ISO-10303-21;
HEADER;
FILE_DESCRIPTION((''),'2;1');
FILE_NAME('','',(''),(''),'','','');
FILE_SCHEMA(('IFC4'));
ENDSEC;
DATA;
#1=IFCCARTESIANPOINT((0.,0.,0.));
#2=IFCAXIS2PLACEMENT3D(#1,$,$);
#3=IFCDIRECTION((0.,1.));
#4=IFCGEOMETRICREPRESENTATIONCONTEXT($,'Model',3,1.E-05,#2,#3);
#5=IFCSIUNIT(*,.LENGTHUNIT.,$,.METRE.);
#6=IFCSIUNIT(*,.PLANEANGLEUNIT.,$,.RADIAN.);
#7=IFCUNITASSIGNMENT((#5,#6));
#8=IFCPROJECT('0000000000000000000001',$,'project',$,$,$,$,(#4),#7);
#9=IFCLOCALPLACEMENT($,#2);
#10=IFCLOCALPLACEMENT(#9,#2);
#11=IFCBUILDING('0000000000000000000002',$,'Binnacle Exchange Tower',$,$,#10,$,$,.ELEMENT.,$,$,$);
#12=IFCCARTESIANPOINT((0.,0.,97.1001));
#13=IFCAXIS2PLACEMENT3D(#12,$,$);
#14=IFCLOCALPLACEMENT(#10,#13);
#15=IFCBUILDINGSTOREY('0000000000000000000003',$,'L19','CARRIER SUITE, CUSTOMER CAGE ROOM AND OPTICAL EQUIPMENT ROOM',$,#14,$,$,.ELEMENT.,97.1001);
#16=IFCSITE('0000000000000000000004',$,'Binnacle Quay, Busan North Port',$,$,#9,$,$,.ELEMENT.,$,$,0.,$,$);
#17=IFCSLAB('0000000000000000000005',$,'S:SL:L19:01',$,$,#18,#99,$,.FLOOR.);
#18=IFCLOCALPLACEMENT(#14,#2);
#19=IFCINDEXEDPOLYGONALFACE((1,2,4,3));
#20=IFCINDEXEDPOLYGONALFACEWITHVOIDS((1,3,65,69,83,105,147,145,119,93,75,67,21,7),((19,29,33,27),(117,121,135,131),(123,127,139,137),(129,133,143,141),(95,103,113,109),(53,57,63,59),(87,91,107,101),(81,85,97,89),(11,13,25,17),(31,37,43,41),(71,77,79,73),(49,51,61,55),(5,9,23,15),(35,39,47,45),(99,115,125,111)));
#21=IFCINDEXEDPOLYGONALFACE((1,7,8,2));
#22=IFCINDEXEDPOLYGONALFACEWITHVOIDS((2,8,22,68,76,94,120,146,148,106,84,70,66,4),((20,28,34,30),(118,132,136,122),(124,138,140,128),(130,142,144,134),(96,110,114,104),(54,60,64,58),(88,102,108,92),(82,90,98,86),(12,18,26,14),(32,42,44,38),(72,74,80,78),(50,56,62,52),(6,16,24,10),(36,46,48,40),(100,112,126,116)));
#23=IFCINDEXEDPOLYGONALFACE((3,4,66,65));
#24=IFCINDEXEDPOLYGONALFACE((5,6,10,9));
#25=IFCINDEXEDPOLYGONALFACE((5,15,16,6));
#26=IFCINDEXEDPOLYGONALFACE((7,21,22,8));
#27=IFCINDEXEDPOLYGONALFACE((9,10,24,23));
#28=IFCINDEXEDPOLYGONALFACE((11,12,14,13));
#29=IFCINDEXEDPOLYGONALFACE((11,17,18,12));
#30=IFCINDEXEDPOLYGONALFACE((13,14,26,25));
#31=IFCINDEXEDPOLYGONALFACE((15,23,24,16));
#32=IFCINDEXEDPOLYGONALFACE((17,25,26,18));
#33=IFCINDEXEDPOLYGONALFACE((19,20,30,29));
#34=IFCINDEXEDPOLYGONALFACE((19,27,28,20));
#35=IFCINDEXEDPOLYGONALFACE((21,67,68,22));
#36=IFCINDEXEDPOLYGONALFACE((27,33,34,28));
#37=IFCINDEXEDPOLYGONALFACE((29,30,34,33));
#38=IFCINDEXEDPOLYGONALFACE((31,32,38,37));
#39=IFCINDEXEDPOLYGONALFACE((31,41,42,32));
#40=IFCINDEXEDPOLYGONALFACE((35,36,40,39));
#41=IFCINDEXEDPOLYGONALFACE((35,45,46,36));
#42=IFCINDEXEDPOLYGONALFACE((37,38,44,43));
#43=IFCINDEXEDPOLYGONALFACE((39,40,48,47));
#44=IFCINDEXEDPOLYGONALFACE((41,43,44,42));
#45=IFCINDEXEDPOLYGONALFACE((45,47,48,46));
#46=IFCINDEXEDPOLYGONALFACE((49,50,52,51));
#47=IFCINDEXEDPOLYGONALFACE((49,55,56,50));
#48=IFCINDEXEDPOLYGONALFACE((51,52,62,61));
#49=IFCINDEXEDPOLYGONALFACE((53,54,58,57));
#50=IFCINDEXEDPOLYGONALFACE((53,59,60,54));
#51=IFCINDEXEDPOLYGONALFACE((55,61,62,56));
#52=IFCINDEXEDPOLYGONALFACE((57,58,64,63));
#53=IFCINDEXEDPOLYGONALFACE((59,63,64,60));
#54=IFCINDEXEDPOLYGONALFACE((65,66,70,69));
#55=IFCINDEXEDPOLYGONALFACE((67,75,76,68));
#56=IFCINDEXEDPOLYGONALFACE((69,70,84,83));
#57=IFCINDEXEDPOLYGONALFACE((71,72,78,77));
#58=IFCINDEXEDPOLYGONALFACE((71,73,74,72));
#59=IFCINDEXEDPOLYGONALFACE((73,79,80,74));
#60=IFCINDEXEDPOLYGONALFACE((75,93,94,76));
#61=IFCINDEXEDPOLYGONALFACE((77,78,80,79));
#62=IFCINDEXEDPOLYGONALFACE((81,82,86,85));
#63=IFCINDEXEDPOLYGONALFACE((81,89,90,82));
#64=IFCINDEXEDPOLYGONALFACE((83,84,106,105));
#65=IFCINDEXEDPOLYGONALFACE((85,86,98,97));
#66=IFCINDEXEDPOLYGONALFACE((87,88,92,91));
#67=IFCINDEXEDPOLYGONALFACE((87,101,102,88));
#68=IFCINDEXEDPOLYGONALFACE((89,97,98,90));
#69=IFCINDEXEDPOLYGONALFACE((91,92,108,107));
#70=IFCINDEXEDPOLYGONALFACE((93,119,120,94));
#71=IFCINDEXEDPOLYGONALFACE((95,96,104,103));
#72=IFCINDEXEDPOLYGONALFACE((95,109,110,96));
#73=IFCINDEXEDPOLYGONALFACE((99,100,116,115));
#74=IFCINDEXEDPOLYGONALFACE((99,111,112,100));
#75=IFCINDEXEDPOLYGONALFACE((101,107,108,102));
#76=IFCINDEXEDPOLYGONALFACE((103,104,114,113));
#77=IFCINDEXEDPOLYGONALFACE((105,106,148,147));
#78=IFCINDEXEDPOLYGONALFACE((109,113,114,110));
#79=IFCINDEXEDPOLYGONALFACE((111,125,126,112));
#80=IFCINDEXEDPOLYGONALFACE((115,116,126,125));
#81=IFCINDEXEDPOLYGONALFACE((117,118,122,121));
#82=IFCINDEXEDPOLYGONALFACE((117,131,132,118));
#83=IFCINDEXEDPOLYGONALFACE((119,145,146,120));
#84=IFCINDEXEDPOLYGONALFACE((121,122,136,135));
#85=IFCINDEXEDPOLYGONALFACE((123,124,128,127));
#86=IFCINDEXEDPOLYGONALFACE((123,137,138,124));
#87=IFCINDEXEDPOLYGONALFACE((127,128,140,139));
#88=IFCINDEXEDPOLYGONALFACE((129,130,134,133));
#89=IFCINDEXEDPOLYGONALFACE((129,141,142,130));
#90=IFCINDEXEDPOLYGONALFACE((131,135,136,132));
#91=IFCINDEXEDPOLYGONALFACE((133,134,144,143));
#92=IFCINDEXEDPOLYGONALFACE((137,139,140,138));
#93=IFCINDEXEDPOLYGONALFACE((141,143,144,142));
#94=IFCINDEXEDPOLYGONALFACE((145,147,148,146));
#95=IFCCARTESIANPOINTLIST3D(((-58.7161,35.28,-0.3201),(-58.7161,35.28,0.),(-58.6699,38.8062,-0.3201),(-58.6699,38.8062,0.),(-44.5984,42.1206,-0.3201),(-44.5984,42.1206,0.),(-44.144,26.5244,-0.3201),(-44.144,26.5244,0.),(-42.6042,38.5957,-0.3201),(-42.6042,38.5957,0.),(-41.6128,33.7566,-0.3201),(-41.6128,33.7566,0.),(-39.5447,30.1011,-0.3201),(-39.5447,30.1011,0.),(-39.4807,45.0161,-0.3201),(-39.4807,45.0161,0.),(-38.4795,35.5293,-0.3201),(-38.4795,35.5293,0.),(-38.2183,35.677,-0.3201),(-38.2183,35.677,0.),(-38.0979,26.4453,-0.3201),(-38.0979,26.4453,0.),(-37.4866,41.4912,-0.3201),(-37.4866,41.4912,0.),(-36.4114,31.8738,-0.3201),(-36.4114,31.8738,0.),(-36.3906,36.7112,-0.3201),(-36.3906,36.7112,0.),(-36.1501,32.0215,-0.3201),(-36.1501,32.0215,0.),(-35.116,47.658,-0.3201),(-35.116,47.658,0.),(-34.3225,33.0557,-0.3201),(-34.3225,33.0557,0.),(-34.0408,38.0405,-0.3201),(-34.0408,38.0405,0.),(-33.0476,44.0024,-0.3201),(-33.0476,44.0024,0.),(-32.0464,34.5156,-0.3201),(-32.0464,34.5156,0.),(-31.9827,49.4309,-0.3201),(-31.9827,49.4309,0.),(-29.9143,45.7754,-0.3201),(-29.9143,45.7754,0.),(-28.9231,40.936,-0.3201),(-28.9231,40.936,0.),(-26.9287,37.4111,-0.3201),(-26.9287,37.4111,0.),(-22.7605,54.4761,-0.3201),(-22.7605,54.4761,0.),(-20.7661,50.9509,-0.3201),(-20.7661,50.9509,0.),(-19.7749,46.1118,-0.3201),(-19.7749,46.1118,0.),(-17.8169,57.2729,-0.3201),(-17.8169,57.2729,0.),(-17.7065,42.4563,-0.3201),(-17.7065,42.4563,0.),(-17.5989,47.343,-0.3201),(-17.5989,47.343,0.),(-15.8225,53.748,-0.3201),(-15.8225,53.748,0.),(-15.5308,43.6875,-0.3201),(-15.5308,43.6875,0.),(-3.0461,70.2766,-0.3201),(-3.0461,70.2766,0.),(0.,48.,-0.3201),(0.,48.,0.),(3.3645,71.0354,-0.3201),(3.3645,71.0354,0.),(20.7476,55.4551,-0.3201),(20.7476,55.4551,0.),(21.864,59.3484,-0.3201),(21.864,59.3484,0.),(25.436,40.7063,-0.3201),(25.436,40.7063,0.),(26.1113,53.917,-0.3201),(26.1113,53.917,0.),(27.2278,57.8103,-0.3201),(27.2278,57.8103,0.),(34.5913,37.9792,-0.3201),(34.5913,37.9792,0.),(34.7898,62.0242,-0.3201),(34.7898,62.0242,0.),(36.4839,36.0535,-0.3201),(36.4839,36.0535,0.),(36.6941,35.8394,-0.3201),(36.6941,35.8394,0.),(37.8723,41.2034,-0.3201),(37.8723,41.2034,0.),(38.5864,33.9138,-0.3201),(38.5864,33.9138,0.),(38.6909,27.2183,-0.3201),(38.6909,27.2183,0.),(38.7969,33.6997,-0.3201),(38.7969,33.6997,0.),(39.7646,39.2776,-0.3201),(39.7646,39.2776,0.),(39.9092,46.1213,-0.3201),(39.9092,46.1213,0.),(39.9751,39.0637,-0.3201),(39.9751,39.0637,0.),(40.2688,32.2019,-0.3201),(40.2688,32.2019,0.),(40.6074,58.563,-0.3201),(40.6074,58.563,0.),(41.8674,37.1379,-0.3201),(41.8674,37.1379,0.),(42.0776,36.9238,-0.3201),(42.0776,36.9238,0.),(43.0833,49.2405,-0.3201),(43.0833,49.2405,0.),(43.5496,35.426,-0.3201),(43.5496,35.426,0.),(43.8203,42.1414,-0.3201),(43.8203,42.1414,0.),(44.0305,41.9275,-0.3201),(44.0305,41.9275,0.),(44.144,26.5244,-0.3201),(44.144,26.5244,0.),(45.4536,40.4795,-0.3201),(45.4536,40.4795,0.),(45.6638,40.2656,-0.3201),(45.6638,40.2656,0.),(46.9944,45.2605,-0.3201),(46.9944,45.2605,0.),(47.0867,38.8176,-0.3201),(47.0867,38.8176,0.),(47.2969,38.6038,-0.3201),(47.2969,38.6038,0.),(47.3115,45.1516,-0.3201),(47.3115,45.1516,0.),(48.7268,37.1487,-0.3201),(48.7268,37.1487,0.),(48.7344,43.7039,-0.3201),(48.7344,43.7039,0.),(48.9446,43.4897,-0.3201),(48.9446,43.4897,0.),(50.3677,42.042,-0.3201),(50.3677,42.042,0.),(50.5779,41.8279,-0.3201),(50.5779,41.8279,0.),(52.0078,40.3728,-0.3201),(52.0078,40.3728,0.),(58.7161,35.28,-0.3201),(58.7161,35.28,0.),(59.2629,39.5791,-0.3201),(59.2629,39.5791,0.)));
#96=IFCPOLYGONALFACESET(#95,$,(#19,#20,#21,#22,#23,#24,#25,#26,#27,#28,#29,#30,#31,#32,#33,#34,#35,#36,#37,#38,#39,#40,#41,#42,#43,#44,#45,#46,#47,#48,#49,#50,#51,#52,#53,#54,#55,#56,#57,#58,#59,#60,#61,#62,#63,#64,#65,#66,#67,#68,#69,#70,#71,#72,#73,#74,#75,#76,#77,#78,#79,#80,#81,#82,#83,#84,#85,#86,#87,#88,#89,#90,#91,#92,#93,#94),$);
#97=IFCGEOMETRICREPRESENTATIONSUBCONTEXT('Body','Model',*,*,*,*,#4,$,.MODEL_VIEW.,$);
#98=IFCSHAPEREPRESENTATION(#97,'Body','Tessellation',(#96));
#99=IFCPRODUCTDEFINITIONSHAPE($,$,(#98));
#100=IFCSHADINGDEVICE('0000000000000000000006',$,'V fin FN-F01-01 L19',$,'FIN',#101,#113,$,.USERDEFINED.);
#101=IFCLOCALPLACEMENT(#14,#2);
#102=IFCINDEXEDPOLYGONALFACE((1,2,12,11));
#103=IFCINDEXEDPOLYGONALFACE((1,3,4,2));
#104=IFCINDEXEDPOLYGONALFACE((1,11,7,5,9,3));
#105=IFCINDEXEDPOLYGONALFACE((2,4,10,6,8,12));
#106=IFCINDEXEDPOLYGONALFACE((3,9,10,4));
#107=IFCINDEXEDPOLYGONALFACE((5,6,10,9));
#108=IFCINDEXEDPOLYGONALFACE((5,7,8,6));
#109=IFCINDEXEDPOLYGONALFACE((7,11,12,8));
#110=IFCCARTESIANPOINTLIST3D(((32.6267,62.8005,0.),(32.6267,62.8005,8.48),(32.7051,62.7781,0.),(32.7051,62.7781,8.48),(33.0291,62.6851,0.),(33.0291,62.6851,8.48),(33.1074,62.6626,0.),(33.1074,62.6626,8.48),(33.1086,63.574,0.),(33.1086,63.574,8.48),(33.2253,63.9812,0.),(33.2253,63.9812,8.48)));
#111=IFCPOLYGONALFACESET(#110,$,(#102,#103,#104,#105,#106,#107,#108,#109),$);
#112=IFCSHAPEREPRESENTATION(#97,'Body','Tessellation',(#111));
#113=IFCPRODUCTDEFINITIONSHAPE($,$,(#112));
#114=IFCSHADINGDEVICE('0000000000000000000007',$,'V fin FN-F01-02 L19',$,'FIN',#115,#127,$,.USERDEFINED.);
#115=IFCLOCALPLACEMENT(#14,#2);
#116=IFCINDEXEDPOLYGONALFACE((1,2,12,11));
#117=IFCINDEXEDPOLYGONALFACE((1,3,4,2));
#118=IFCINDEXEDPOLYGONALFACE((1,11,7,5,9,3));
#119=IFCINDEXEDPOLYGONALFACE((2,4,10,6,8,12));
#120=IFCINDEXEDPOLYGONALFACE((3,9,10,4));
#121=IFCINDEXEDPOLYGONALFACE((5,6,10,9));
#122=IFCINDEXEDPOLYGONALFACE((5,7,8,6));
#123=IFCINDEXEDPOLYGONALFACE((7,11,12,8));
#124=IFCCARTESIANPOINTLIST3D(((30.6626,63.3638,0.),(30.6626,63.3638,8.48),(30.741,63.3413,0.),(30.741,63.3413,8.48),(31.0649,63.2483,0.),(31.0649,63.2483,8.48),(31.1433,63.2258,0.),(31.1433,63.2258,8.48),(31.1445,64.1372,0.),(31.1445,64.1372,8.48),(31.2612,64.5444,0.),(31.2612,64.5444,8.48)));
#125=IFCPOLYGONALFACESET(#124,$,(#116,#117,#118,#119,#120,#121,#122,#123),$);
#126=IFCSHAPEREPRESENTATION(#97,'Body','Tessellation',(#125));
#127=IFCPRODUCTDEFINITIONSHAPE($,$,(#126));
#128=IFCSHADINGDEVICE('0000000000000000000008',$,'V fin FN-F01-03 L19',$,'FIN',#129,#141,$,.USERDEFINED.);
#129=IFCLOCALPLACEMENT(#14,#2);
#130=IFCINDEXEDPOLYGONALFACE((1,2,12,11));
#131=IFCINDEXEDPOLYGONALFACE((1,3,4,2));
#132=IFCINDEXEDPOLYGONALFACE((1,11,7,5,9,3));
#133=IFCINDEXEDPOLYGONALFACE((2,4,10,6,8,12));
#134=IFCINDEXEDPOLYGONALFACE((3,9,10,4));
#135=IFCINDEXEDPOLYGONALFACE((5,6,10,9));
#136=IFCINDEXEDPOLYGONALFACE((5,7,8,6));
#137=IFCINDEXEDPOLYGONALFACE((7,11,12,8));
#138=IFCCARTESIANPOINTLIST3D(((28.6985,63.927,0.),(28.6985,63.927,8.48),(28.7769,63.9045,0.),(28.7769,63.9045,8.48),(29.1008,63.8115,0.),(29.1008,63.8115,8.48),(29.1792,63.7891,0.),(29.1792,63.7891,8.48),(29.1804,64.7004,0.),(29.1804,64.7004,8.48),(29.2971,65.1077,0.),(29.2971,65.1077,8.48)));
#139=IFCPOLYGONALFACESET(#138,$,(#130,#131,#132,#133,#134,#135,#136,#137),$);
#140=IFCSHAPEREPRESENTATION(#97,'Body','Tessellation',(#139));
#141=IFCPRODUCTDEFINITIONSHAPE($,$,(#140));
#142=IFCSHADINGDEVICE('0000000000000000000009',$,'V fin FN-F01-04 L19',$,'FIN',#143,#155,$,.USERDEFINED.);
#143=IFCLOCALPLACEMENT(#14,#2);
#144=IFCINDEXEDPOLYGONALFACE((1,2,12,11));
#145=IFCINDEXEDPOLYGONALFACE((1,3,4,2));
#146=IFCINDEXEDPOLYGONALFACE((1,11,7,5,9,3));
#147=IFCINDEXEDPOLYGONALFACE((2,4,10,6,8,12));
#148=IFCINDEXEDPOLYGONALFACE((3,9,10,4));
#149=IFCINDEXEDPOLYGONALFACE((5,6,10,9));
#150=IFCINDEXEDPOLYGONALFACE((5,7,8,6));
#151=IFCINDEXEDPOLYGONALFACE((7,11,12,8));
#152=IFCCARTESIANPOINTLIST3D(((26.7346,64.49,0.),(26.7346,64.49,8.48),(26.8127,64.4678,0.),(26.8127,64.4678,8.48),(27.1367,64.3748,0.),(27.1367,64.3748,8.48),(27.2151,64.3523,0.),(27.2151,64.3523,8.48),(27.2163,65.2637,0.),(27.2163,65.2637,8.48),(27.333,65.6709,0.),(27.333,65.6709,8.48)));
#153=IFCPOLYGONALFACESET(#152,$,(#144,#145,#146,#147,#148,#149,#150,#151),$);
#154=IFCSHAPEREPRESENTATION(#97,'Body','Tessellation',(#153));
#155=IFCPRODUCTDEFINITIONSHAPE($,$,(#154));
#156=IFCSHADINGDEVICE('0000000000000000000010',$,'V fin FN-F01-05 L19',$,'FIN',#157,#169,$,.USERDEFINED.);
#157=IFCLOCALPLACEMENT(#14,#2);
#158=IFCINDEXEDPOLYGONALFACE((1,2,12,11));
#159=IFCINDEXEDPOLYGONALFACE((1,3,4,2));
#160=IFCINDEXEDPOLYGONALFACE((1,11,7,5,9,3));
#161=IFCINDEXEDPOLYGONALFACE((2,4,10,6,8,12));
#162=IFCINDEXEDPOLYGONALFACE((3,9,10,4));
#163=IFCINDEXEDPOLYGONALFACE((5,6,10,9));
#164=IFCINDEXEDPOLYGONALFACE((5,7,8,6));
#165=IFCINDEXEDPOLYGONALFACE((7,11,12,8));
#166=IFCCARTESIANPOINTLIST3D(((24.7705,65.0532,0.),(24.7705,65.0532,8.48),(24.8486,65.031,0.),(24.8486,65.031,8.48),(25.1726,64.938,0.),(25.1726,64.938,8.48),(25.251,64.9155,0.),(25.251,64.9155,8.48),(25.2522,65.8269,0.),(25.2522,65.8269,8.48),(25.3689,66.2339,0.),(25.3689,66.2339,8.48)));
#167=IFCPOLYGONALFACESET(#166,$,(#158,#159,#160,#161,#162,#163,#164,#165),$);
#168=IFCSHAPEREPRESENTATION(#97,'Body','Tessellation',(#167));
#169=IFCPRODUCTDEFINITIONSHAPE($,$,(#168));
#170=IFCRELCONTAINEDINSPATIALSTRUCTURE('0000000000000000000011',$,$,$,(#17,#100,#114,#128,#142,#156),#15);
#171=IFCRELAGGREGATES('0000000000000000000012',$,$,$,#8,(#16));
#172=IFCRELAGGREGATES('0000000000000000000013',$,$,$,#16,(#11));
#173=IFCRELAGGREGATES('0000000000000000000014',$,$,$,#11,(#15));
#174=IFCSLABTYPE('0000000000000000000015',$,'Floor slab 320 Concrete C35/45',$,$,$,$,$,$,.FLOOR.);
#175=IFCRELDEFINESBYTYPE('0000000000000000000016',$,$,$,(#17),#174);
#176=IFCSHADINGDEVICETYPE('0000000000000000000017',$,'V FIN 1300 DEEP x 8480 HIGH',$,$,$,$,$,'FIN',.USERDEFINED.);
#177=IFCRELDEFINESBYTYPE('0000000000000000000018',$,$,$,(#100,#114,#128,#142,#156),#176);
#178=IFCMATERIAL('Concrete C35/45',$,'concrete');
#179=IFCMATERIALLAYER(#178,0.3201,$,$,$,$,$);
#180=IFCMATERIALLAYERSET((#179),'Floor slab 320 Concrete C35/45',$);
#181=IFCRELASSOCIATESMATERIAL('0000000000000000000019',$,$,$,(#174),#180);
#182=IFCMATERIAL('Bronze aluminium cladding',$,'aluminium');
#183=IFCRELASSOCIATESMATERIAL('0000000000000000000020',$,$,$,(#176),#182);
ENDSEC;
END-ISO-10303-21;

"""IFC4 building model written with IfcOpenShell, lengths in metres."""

from ifc_helpers import new_model, si_unit, direction, frame, origin, place, context, subcontext, project, spatial, polyline, outline, extrude, material, layer, layer_set, type_object, element, save


model = new_model("IFC4")

# Units and contexts
model_context = context("Model", 3, precision=1e-05, world=origin(), true_north=direction((0.0, 1.0)))
body_context = subcontext(model_context, "Body", "Model", "MODEL_VIEW")
ifc_project = project(units=[si_unit("LENGTHUNIT", "METRE"), si_unit("PLANEANGLEUNIT", "RADIAN")], contexts=[model_context])

# Site, building, storey
site_placement = place(None, origin())
site = spatial("IfcSite", under=ifc_project, at=site_placement, Name="Binnacle Quay, Busan North Port", CompositionType="ELEMENT", RefElevation=0.0)
building_placement = place(site_placement, origin())
building = spatial("IfcBuilding", under=site, at=building_placement, Name="Binnacle Exchange Tower", CompositionType="ELEMENT")
storey_placement = place(building_placement, frame((0.0, 0.0, 97.1001)))
storey = spatial("IfcBuildingStorey", under=building, at=storey_placement, Name="L19", Description="CARRIER SUITE, CUSTOMER CAGE ROOM AND OPTICAL EQUIPMENT ROOM", CompositionType="ELEMENT", Elevation=97.1001)

# Slab
ifc_material_1 = material(Name="Concrete C35/45", Category="concrete")
ifc_layer = layer(ifc_material_1, 0.3201)
ifc_layer_set = layer_set([ifc_layer], Name="Floor slab 320 Concrete C35/45")
slab_type = type_object("IfcSlabType", Name="Floor slab 320 Concrete C35/45", PredefinedType="FLOOR", material=ifc_layer_set)
slab_placement = place(storey_placement, frame((0.0, 0.0, -0.3201)))
element("IfcSlab", 1, at=slab_placement, inside=storey, type_object=slab_type, Name="S:SL:L19:01", PredefinedType="FLOOR", context=body_context, shape_type="SweptSolid", body=[
    extrude(outline(polyline([(59.2629, 39.5791), (58.7161, 35.28), (44.144, 26.5244), (38.6909, 27.2183), (25.436, 40.7063), (0.0, 48.0), (-38.0979, 26.4453), (-44.144, 26.5244), (-58.7161, 35.28), (-58.6699, 38.8062), (-3.0461, 70.2766), (3.3645, 71.0354), (34.7898, 62.0242), (40.6074, 58.563), (59.2629, 39.5791)]), holes=[polyline([(-38.4795, 35.5293), (-41.6128, 33.7566), (-39.5447, 30.1011), (-36.4114, 31.8738), (-38.4795, 35.5293)]), polyline([(-34.3225, 33.0557), (-36.3906, 36.7112), (-38.2183, 35.677), (-36.1501, 32.0215), (-34.3225, 33.0557)]), polyline([(-34.0408, 38.0405), (-32.0464, 34.5156), (-26.9287, 37.4111), (-28.9231, 40.936), (-34.0408, 38.0405)]), polyline([(-37.4866, 41.4912), (-39.4807, 45.0161), (-44.5984, 42.1206), (-42.6042, 38.5957), (-37.4866, 41.4912)]), polyline([(-15.5308, 43.6875), (-17.5989, 47.343), (-19.7749, 46.1118), (-17.7065, 42.4563), (-15.5308, 43.6875)]), polyline([(-29.9143, 45.7754), (-31.9827, 49.4309), (-35.116, 47.658), (-33.0476, 44.0024), (-29.9143, 45.7754)]), polyline([(-15.8225, 53.748), (-17.8169, 57.2729), (-22.7605, 54.4761), (-20.7661, 50.9509), (-15.8225, 53.748)]), polyline([(26.1113, 53.917), (27.2278, 57.8103), (21.864, 59.3484), (20.7476, 55.4551), (26.1113, 53.917)]), polyline([(40.2688, 32.2019), (43.5496, 35.426), (42.0776, 36.9238), (38.7969, 33.6997), (40.2688, 32.2019)]), polyline([(38.5864, 33.9138), (41.8674, 37.1379), (39.9751, 39.0637), (36.6941, 35.8394), (38.5864, 33.9138)]), polyline([(36.4839, 36.0535), (39.7646, 39.2776), (37.8723, 41.2034), (34.5913, 37.9792), (36.4839, 36.0535)]), polyline([(48.7268, 37.1487), (52.0078, 40.3728), (50.5779, 41.8279), (47.2969, 38.6038), (48.7268, 37.1487)]), polyline([(47.0867, 38.8176), (50.3677, 42.042), (48.9446, 43.4897), (45.6638, 40.2656), (47.0867, 38.8176)]), polyline([(45.4536, 40.4795), (48.7344, 43.7039), (47.3115, 45.1516), (44.0305, 41.9275), (45.4536, 40.4795)]), polyline([(43.8203, 42.1414), (46.9944, 45.2605), (43.0833, 49.2405), (39.9092, 46.1213), (43.8203, 42.1414)])]), origin(), (0.0, 0.0, 1.0), 0.3201),
])

# Shading devices
ifc_material_2 = material(Name="Bronze aluminium cladding", Category="aluminium")
shading_device_type = type_object("IfcShadingDeviceType", Name="V FIN 1300 DEEP x 8480 HIGH", ElementType="FIN", PredefinedType="USERDEFINED", material=ifc_material_2)
shading_device_1_placement = place(storey_placement, origin())
element("IfcShadingDevice", 2, at=shading_device_1_placement, inside=storey, type_object=shading_device_type, Name="V fin FN-F01-01 L19", ObjectType="FIN", PredefinedType="USERDEFINED", context=body_context, shape_type="SweptSolid", body=[
    extrude(outline(polyline([(33.1074, 62.6626), (33.2253, 63.9812), (32.6267, 62.8005), (32.7051, 62.7781), (33.1086, 63.574), (33.0291, 62.6851), (33.1074, 62.6626)])), origin(), (0.0, 0.0, 1.0), 8.48),
])
shading_device_2_placement = place(storey_placement, origin())
element("IfcShadingDevice", 3, at=shading_device_2_placement, inside=storey, type_object=shading_device_type, Name="V fin FN-F01-02 L19", ObjectType="FIN", PredefinedType="USERDEFINED", context=body_context, shape_type="SweptSolid", body=[
    extrude(outline(polyline([(31.1433, 63.2258), (31.2612, 64.5444), (30.6626, 63.3638), (30.741, 63.3413), (31.1445, 64.1372), (31.0649, 63.2483), (31.1433, 63.2258)])), origin(), (0.0, 0.0, 1.0), 8.48),
])
shading_device_3_placement = place(storey_placement, origin())
element("IfcShadingDevice", 4, at=shading_device_3_placement, inside=storey, type_object=shading_device_type, Name="V fin FN-F01-03 L19", ObjectType="FIN", PredefinedType="USERDEFINED", context=body_context, shape_type="SweptSolid", body=[
    extrude(outline(polyline([(29.1792, 63.7891), (29.2971, 65.1077), (28.6985, 63.927), (28.7769, 63.9045), (29.1804, 64.7004), (29.1008, 63.8115), (29.1792, 63.7891)])), origin(), (0.0, 0.0, 1.0), 8.48),
])
shading_device_4_placement = place(storey_placement, origin())
element("IfcShadingDevice", 5, at=shading_device_4_placement, inside=storey, type_object=shading_device_type, Name="V fin FN-F01-04 L19", ObjectType="FIN", PredefinedType="USERDEFINED", context=body_context, shape_type="SweptSolid", body=[
    extrude(outline(polyline([(27.2151, 64.3523), (27.333, 65.6709), (26.7346, 64.49), (26.8127, 64.4678), (27.2163, 65.2637), (27.1367, 64.3748), (27.2151, 64.3523)])), origin(), (0.0, 0.0, 1.0), 8.48),
])
shading_device_5_placement = place(storey_placement, origin())
element("IfcShadingDevice", 6, at=shading_device_5_placement, inside=storey, type_object=shading_device_type, Name="V fin FN-F01-05 L19", ObjectType="FIN", PredefinedType="USERDEFINED", context=body_context, shape_type="SweptSolid", body=[
    extrude(outline(polyline([(25.251, 64.9155), (25.3689, 66.2339), (24.7705, 65.0532), (24.8486, 65.031), (25.2522, 65.8269), (25.1726, 64.938), (25.251, 64.9155)])), origin(), (0.0, 0.0, 1.0), 8.48),
])

save(model, "model.ifc")
